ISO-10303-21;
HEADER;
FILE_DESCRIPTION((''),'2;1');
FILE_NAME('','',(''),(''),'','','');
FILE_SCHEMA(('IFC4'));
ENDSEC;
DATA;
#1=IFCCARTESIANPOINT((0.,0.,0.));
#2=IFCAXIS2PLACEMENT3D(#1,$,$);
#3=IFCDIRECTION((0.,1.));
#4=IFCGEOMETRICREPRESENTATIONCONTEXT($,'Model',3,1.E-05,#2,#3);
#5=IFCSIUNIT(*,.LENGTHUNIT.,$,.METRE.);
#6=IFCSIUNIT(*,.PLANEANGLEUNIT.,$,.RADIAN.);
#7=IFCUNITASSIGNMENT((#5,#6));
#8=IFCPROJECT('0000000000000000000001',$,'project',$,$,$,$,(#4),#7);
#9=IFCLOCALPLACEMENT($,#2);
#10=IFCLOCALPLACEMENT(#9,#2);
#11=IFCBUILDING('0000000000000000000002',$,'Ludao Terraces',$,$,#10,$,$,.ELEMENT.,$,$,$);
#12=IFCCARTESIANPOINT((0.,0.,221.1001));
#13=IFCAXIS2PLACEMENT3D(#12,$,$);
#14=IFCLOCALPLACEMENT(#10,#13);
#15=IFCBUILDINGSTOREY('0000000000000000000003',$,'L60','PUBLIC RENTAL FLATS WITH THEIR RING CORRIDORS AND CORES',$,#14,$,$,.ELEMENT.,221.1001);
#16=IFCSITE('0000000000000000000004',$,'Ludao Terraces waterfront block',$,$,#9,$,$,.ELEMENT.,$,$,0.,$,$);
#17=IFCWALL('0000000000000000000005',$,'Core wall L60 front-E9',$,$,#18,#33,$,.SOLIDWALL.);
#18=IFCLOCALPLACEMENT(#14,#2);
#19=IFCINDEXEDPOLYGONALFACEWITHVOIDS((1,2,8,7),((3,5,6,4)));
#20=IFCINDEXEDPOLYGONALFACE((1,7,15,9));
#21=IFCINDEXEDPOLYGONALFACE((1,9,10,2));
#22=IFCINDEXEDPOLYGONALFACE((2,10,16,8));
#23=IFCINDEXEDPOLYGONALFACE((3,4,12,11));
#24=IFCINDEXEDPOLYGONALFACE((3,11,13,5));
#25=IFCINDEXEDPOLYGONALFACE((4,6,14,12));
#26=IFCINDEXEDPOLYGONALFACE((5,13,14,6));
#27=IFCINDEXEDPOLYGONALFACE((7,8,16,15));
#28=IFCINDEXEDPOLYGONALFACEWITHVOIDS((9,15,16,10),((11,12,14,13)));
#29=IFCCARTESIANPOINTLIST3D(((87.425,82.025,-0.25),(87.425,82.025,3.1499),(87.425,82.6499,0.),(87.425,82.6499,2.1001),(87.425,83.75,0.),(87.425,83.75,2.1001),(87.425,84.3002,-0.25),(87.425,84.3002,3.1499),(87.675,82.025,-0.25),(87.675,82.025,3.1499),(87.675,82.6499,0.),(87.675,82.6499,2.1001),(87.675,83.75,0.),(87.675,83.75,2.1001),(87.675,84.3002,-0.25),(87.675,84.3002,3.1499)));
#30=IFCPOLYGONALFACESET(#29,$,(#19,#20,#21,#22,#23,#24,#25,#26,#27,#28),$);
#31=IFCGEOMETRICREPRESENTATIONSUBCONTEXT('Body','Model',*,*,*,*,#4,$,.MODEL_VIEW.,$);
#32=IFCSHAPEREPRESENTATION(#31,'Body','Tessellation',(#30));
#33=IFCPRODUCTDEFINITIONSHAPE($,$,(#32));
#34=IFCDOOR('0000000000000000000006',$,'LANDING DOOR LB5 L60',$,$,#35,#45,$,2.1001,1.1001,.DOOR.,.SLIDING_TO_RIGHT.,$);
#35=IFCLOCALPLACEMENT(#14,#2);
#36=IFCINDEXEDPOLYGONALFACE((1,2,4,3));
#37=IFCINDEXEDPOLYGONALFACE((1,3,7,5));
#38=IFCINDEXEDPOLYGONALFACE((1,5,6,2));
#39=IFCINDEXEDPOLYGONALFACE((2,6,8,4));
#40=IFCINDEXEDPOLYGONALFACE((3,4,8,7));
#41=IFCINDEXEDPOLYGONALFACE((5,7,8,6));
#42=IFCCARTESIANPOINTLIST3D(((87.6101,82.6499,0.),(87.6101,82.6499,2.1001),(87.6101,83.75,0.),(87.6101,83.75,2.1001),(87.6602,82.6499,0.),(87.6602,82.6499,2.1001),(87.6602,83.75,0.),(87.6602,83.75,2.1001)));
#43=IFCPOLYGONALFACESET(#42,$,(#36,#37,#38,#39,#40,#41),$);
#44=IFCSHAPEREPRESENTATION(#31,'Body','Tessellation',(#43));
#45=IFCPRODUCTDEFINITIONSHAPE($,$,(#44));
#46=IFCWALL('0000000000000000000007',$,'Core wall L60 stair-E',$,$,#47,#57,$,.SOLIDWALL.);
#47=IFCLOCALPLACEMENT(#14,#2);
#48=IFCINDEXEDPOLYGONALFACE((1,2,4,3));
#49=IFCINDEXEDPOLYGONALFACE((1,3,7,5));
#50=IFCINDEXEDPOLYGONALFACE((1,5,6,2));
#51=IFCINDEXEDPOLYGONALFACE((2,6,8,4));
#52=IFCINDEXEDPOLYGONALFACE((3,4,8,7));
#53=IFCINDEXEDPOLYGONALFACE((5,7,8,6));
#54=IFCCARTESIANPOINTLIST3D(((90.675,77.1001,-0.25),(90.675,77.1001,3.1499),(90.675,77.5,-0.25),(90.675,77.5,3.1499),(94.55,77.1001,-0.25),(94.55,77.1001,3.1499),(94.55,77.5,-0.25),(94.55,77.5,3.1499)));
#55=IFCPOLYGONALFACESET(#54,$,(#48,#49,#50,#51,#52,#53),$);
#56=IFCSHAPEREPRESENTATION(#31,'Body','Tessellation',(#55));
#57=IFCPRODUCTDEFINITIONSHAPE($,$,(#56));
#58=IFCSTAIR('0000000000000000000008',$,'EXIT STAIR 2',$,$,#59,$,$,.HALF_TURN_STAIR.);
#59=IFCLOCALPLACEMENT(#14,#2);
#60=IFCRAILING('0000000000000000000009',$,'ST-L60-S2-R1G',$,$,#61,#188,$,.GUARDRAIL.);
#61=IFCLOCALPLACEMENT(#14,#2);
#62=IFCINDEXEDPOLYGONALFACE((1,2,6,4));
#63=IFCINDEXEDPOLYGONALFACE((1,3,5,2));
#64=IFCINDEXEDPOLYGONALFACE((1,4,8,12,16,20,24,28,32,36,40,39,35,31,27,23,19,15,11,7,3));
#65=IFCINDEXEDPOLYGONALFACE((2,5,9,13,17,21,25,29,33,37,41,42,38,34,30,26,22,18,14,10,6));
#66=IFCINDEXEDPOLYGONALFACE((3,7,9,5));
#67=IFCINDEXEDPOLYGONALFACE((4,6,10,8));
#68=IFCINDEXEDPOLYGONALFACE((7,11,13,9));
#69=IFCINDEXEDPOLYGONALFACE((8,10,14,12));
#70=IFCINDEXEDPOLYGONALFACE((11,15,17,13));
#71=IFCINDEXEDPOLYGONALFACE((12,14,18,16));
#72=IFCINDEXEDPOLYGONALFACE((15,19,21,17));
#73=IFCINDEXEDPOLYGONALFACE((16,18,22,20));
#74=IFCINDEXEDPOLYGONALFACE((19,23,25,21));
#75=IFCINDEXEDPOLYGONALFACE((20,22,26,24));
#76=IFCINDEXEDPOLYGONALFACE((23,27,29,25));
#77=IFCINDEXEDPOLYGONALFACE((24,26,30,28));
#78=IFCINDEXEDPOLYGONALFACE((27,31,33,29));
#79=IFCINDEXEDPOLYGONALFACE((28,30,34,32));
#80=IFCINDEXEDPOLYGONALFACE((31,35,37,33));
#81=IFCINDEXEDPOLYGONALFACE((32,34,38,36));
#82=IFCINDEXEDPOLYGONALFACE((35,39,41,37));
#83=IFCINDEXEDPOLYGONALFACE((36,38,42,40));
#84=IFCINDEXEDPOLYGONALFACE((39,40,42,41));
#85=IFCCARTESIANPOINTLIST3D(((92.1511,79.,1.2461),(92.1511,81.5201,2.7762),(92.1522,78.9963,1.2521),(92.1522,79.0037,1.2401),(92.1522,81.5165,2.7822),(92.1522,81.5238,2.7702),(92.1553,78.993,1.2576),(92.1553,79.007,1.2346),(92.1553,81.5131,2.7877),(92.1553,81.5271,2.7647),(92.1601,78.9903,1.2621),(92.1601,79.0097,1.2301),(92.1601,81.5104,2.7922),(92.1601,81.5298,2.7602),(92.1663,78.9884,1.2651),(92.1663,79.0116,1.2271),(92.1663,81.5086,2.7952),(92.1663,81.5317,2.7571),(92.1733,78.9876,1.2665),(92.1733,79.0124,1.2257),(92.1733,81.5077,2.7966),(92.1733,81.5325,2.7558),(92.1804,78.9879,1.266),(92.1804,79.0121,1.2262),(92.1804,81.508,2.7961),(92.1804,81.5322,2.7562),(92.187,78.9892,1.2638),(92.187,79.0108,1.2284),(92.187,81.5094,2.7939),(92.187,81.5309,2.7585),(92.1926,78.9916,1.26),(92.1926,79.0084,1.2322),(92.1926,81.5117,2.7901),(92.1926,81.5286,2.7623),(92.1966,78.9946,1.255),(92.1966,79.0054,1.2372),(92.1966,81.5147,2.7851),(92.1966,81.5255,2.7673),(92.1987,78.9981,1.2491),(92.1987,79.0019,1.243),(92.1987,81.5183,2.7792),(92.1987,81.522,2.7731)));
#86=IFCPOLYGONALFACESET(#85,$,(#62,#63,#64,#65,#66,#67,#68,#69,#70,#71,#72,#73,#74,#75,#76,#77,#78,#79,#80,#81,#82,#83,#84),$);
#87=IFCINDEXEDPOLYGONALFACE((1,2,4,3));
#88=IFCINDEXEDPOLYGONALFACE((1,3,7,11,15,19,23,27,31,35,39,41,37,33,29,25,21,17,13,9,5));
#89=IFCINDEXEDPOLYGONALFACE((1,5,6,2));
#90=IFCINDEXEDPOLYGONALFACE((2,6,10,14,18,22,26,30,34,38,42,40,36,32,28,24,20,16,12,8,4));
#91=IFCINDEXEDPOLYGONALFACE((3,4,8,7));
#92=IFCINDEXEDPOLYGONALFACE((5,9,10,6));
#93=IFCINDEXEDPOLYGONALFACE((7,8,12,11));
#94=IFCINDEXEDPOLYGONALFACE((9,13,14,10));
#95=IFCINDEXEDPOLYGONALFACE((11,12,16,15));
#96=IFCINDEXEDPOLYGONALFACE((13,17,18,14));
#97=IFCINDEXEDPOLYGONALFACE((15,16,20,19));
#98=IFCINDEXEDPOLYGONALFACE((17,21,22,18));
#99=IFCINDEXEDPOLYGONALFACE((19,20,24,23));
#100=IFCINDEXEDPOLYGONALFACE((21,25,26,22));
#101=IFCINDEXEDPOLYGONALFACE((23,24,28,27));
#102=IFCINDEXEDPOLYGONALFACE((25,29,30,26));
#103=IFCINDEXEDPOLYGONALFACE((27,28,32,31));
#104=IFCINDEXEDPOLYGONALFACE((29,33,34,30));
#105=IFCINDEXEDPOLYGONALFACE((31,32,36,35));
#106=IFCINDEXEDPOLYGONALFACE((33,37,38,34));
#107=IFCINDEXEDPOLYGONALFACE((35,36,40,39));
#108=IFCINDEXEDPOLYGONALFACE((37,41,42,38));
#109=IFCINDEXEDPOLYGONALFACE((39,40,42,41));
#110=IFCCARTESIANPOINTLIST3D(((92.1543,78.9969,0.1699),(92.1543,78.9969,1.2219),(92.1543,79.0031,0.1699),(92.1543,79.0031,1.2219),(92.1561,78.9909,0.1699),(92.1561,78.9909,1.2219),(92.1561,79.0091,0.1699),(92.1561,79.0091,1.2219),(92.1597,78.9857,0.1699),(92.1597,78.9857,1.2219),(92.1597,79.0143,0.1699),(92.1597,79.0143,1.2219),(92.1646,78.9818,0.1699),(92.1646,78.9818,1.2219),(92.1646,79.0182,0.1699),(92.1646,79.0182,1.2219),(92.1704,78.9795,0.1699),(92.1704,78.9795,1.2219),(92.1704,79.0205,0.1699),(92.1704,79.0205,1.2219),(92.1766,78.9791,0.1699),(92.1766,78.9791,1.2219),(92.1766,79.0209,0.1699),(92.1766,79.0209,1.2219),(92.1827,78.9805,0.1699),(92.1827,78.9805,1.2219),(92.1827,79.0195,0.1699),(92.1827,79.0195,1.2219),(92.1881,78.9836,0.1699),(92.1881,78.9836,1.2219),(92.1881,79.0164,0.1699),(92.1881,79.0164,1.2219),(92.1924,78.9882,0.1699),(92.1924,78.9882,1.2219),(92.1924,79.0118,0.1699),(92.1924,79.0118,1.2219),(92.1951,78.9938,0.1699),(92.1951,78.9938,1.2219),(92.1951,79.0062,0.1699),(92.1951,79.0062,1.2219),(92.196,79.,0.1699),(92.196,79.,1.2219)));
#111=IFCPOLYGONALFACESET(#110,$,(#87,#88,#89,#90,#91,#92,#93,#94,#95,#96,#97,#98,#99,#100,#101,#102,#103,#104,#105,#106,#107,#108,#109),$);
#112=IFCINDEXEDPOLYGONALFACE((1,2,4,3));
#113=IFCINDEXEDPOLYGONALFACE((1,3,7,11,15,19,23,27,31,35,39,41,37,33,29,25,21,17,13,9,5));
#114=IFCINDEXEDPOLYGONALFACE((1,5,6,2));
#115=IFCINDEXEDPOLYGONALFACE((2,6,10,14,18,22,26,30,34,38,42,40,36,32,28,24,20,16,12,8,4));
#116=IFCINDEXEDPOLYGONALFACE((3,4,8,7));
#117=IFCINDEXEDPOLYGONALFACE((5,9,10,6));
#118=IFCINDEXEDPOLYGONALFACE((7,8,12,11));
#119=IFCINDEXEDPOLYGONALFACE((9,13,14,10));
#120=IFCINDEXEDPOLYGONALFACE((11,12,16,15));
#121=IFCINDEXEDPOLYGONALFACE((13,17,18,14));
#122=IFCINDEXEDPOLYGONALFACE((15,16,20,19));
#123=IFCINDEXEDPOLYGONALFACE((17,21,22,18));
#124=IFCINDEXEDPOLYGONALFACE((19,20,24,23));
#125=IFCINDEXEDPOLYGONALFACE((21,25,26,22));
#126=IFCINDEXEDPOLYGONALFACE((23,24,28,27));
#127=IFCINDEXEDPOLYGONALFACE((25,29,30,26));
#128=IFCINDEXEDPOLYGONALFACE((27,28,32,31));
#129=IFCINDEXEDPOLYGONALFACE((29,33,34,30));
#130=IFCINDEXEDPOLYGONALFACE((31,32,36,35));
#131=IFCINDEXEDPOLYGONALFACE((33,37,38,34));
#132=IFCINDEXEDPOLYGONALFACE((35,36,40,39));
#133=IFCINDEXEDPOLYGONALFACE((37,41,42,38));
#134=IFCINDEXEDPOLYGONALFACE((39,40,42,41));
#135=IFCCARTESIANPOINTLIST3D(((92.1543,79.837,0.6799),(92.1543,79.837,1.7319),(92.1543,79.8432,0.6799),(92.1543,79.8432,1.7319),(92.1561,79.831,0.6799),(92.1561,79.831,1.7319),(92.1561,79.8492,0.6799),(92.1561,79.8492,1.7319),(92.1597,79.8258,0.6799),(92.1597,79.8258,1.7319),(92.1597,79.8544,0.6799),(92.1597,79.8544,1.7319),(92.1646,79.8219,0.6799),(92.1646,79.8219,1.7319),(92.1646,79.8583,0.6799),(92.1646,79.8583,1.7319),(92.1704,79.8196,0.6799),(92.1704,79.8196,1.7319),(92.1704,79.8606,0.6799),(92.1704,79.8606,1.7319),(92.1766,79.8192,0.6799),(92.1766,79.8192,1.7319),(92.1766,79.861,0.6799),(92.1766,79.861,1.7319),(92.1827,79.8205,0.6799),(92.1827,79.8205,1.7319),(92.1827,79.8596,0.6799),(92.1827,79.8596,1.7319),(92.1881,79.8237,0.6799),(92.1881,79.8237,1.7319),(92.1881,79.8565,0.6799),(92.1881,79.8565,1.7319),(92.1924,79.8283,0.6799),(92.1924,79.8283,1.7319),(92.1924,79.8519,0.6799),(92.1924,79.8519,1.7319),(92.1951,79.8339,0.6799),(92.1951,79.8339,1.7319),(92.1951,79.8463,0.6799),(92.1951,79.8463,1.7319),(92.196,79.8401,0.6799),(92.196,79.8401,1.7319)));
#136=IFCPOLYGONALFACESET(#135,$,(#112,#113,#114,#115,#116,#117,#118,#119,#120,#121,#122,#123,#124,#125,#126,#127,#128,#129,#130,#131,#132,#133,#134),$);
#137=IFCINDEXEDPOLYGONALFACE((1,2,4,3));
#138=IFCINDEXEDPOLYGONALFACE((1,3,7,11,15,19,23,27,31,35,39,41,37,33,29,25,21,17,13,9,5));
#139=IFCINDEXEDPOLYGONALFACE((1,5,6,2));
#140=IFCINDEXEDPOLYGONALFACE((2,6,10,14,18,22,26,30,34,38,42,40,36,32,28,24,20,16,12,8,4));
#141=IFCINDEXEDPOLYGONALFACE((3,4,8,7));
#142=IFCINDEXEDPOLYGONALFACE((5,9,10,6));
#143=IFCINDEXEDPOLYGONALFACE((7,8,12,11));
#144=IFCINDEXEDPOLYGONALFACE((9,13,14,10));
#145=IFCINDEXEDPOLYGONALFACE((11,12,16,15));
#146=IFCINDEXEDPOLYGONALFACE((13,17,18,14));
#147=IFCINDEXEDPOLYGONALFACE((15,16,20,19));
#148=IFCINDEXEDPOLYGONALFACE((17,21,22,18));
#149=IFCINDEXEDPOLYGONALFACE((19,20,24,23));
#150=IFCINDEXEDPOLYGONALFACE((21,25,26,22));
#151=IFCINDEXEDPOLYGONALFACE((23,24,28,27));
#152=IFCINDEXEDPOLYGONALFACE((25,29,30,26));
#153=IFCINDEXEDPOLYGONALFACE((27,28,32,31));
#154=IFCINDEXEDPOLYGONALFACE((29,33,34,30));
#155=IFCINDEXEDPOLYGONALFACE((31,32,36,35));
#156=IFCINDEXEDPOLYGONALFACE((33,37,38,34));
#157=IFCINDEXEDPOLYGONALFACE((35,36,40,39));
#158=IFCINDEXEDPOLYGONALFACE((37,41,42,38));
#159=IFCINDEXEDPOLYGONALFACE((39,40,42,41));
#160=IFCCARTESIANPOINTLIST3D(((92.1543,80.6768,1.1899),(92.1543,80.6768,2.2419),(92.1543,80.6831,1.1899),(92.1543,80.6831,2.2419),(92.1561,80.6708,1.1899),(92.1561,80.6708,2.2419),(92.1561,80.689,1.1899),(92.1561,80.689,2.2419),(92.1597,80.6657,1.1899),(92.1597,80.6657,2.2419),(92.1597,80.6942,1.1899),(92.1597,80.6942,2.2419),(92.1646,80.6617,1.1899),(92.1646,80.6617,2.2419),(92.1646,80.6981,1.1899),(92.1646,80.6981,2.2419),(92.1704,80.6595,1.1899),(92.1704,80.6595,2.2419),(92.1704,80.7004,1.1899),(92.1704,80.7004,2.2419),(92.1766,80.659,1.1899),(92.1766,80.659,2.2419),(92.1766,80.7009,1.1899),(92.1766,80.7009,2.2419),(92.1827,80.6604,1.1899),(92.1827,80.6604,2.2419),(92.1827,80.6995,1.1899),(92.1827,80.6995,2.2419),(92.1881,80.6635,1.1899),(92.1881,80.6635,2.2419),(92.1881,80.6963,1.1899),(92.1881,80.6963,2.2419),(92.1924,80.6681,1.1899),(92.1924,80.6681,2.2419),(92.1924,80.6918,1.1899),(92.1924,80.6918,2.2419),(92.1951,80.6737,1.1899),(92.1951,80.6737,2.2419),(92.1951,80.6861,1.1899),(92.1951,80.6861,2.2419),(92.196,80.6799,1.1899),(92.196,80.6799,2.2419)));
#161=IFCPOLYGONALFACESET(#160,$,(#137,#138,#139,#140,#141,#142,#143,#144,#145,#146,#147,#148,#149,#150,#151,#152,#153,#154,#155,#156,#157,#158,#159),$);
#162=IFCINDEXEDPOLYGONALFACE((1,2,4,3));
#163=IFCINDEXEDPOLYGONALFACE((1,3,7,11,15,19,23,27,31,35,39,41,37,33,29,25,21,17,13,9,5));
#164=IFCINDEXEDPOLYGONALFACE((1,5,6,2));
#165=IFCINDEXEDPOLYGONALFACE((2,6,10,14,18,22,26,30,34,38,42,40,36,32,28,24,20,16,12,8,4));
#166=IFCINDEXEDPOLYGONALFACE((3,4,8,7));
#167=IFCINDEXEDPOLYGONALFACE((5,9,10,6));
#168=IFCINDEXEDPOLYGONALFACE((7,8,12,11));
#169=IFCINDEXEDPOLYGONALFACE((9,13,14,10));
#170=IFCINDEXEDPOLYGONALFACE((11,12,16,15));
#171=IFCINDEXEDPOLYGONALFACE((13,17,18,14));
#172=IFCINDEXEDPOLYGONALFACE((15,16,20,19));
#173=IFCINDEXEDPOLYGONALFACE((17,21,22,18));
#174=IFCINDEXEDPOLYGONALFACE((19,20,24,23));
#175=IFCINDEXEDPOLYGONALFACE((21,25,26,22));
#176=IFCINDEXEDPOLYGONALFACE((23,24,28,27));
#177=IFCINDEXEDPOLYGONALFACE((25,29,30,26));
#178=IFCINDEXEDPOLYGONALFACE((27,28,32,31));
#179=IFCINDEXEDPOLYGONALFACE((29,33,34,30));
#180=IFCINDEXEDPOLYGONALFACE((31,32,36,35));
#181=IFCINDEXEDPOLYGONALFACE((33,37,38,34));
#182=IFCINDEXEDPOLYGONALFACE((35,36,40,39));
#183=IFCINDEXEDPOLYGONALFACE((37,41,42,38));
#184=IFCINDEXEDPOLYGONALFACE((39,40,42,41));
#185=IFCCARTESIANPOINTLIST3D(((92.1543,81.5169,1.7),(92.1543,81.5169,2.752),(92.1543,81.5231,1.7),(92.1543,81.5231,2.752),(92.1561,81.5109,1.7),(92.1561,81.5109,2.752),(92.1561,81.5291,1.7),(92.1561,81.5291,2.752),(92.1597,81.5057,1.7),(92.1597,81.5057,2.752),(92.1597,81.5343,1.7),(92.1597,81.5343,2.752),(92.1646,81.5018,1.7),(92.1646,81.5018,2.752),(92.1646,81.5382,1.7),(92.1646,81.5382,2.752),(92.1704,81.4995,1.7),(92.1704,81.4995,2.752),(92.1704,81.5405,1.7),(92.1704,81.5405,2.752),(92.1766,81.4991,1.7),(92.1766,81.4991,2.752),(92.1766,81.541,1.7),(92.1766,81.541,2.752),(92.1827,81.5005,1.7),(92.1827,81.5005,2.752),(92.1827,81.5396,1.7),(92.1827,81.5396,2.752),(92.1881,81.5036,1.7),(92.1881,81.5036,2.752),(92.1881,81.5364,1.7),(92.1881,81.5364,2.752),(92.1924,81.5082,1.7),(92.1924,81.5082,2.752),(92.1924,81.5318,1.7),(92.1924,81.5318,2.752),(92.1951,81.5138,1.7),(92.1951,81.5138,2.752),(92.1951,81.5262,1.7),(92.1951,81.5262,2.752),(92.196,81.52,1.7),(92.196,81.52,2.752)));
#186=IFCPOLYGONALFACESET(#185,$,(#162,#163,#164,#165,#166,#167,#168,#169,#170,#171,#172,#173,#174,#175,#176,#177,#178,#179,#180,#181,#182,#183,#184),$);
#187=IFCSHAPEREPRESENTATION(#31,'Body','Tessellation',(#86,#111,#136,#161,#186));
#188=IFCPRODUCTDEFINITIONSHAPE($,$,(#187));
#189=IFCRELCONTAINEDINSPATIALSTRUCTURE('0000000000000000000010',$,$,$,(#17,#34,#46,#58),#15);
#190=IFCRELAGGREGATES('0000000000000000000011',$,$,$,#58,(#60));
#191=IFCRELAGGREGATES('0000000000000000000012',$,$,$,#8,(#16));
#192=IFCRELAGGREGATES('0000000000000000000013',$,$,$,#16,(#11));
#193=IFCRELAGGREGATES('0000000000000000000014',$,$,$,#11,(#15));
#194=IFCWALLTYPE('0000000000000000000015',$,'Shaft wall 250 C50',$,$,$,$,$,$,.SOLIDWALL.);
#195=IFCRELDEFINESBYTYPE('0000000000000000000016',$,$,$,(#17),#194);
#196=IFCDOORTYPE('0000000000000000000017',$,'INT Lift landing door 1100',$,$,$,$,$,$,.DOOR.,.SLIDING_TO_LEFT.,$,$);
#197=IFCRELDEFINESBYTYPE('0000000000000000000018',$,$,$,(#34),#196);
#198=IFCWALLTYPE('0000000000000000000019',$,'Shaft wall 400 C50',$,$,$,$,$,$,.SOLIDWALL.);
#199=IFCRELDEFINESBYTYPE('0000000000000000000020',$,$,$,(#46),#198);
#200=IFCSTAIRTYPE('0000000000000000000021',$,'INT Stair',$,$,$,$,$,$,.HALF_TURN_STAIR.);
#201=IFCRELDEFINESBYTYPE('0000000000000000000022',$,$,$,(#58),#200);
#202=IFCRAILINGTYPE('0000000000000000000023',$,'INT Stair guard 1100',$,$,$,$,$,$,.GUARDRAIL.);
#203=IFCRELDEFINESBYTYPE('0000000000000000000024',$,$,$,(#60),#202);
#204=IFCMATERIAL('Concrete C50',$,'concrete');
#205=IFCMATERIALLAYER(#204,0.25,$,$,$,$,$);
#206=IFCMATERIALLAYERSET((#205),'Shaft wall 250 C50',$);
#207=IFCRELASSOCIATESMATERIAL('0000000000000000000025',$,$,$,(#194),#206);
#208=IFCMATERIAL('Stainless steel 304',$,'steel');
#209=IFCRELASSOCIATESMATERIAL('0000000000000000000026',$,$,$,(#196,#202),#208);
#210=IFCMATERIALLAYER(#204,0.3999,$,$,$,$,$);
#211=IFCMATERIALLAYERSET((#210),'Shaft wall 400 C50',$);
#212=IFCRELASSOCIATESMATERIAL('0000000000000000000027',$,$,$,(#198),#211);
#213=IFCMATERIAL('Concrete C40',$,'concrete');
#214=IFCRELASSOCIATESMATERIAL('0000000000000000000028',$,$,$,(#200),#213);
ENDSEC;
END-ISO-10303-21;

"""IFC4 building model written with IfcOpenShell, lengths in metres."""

from ifc_helpers import new_model, si_unit, direction, frame, frame_2d, origin, origin_2d, place, context, subcontext, project, spatial, rectangle, circle, extrude, material, layer, layer_set, type_object, element, fill, aggregate, save


model = new_model("IFC4")

# Units and contexts
model_context = context("Model", 3, precision=1e-05, world=origin(), true_north=direction((0.0, 1.0)))
body_context = subcontext(model_context, "Body", "Model", "MODEL_VIEW")
ifc_project = project(units=[si_unit("LENGTHUNIT", "METRE"), si_unit("PLANEANGLEUNIT", "RADIAN")], contexts=[model_context])

# Site, building, storey
site_placement = place(None, origin())
site = spatial("IfcSite", under=ifc_project, at=site_placement, Name="Ludao Terraces waterfront block", CompositionType="ELEMENT", RefElevation=0.0)
building_placement = place(site_placement, origin())
building = spatial("IfcBuilding", under=site, at=building_placement, Name="Ludao Terraces", CompositionType="ELEMENT")
storey_placement = place(building_placement, frame((0.0, 0.0, 221.1001)))
storey = spatial("IfcBuildingStorey", under=building, at=storey_placement, Name="L60", Description="PUBLIC RENTAL FLATS WITH THEIR RING CORRIDORS AND CORES", CompositionType="ELEMENT", Elevation=221.1001)

# Shared definitions
ifc_material_1 = material(Name="Concrete C50", Category="concrete")

# Shared definitions
ifc_layer_1 = layer(ifc_material_1, 0.25)
ifc_layer_set_1 = layer_set([ifc_layer_1], Name="Shaft wall 250 C50")
wall_type_1 = type_object("IfcWallType", Name="Shaft wall 250 C50", PredefinedType="SOLIDWALL", material=ifc_layer_set_1)

# Shared definitions
ifc_material_2 = material(Name="Stainless steel 304", Category="steel")
door_type_1 = type_object("IfcDoorType", Name="INT Lift landing door 1100", OperationType="SLIDING_TO_LEFT", PredefinedType="DOOR", material=ifc_material_2)

# Wall, opening, door
wall_1_placement = place(storey_placement, frame((87.55, 82.0249, -0.25), z_axis=(0.0, 0.0, 1.0), x_axis=(0.0, 1.0, 0.0)))
wall_1 = element("IfcWall", 1, at=wall_1_placement, inside=storey, type_object=wall_type_1, Name="Core wall L60 front-E9", PredefinedType="SOLIDWALL", context=body_context, shape_type="SweptSolid", body=[
    extrude(rectangle(XDim=2.2751, YDim=0.25, at=frame_2d((1.1377, 0.0))), origin(), (0.0, 0.0, 1.0), 3.3999),
])
opening_1_placement = place(wall_1_placement, frame((0.625, 0.0, 0.25)))
opening_1 = element("IfcOpeningElement", 2, at=opening_1_placement, cuts=wall_1, PredefinedType="OPENING", context=body_context, shape_type="SweptSolid", body=[
    extrude(rectangle(XDim=1.1001, YDim=2.1001, at=frame_2d((0.55, 1.05))), frame((0.0, 0.135, 0.0), z_axis=(0.0, -1.0, 0.0), x_axis=(1.0, 0.0, 0.0)), (0.0, 0.0, 1.0), 0.27),
])
door_1_placement = place(opening_1_placement, origin())
door_1 = element("IfcDoor", 3, at=door_1_placement, inside=storey, type_object=door_type_1, Name="LANDING DOOR LB5 L60", OperationType="SLIDING_TO_RIGHT", OverallHeight=2.1001, OverallWidth=1.1001, PredefinedType="DOOR", context=body_context, shape_type="SweptSolid", body=[
    extrude(rectangle(XDim=1.1001, YDim=2.1001, at=frame_2d((0.55, 1.05))), frame((0.0, -0.0601, 0.0), z_axis=(0.0, -1.0, 0.0), x_axis=(1.0, 0.0, 0.0)), (0.0, 0.0, 1.0), 0.05),
])
fill(opening_1, door_1)

# Wall
ifc_layer_2 = layer(ifc_material_1, 0.3999)
ifc_layer_set_2 = layer_set([ifc_layer_2], Name="Shaft wall 400 C50")
wall_type_2 = type_object("IfcWallType", Name="Shaft wall 400 C50", PredefinedType="SOLIDWALL", material=ifc_layer_set_2)
wall_2_placement = place(storey_placement, frame((90.675, 77.3, -0.25), z_axis=(0.0, 0.0, 1.0), x_axis=(1.0, 0.0, 0.0)))
element("IfcWall", 4, at=wall_2_placement, inside=storey, type_object=wall_type_2, Name="Core wall L60 stair-E", PredefinedType="SOLIDWALL", context=body_context, shape_type="SweptSolid", body=[
    extrude(rectangle(XDim=3.875, YDim=0.3999, at=frame_2d((1.9375, 0.0))), origin(), (0.0, 0.0, 1.0), 3.3999),
])

# Stair, railing
ifc_material_3 = material(Name="Concrete C40", Category="concrete")
stair_type = type_object("IfcStairType", Name="INT Stair", PredefinedType="HALF_TURN_STAIR", material=ifc_material_3)
stair_placement = place(storey_placement, origin())
stair = element("IfcStair", 5, at=stair_placement, inside=storey, type_object=stair_type, Name="EXIT STAIR 2", PredefinedType="HALF_TURN_STAIR")
railing_type_1 = type_object("IfcRailingType", Name="INT Stair guard 1100", PredefinedType="GUARDRAIL", material=ifc_material_2)
railing_1_placement = place(storey_placement, frame((92.175, 79.0, 0.1699)))
railing_1 = element("IfcRailing", 6, at=railing_1_placement, type_object=railing_type_1, Name="ST-L60-S2-R1G", PredefinedType="GUARDRAIL", context=body_context, shape_type="SweptSolid", body=[
    extrude(circle(Radius=0.0239, at=origin_2d()), frame((0.0, 0.0, 1.0762), z_axis=(0.0, 0.854785, 0.518982), x_axis=(-1.0, 0.0, 0.0)), (0.0, 0.0, 1.0), 2.9482),
    extrude(circle(Radius=0.021, at=origin_2d()), origin(), (0.0, 0.0, 1.0), 1.052),
    extrude(circle(Radius=0.021, at=origin_2d()), frame((0.0, 0.8401, 0.51)), (0.0, 0.0, 1.0), 1.052),
    extrude(circle(Radius=0.021, at=origin_2d()), frame((0.0, 1.6799, 1.02)), (0.0, 0.0, 1.0), 1.052),
    extrude(circle(Radius=0.021, at=origin_2d()), frame((0.0, 2.52, 1.53)), (0.0, 0.0, 1.0), 1.052),
])
aggregate(stair, [railing_1])

save(model, "model.ifc")
